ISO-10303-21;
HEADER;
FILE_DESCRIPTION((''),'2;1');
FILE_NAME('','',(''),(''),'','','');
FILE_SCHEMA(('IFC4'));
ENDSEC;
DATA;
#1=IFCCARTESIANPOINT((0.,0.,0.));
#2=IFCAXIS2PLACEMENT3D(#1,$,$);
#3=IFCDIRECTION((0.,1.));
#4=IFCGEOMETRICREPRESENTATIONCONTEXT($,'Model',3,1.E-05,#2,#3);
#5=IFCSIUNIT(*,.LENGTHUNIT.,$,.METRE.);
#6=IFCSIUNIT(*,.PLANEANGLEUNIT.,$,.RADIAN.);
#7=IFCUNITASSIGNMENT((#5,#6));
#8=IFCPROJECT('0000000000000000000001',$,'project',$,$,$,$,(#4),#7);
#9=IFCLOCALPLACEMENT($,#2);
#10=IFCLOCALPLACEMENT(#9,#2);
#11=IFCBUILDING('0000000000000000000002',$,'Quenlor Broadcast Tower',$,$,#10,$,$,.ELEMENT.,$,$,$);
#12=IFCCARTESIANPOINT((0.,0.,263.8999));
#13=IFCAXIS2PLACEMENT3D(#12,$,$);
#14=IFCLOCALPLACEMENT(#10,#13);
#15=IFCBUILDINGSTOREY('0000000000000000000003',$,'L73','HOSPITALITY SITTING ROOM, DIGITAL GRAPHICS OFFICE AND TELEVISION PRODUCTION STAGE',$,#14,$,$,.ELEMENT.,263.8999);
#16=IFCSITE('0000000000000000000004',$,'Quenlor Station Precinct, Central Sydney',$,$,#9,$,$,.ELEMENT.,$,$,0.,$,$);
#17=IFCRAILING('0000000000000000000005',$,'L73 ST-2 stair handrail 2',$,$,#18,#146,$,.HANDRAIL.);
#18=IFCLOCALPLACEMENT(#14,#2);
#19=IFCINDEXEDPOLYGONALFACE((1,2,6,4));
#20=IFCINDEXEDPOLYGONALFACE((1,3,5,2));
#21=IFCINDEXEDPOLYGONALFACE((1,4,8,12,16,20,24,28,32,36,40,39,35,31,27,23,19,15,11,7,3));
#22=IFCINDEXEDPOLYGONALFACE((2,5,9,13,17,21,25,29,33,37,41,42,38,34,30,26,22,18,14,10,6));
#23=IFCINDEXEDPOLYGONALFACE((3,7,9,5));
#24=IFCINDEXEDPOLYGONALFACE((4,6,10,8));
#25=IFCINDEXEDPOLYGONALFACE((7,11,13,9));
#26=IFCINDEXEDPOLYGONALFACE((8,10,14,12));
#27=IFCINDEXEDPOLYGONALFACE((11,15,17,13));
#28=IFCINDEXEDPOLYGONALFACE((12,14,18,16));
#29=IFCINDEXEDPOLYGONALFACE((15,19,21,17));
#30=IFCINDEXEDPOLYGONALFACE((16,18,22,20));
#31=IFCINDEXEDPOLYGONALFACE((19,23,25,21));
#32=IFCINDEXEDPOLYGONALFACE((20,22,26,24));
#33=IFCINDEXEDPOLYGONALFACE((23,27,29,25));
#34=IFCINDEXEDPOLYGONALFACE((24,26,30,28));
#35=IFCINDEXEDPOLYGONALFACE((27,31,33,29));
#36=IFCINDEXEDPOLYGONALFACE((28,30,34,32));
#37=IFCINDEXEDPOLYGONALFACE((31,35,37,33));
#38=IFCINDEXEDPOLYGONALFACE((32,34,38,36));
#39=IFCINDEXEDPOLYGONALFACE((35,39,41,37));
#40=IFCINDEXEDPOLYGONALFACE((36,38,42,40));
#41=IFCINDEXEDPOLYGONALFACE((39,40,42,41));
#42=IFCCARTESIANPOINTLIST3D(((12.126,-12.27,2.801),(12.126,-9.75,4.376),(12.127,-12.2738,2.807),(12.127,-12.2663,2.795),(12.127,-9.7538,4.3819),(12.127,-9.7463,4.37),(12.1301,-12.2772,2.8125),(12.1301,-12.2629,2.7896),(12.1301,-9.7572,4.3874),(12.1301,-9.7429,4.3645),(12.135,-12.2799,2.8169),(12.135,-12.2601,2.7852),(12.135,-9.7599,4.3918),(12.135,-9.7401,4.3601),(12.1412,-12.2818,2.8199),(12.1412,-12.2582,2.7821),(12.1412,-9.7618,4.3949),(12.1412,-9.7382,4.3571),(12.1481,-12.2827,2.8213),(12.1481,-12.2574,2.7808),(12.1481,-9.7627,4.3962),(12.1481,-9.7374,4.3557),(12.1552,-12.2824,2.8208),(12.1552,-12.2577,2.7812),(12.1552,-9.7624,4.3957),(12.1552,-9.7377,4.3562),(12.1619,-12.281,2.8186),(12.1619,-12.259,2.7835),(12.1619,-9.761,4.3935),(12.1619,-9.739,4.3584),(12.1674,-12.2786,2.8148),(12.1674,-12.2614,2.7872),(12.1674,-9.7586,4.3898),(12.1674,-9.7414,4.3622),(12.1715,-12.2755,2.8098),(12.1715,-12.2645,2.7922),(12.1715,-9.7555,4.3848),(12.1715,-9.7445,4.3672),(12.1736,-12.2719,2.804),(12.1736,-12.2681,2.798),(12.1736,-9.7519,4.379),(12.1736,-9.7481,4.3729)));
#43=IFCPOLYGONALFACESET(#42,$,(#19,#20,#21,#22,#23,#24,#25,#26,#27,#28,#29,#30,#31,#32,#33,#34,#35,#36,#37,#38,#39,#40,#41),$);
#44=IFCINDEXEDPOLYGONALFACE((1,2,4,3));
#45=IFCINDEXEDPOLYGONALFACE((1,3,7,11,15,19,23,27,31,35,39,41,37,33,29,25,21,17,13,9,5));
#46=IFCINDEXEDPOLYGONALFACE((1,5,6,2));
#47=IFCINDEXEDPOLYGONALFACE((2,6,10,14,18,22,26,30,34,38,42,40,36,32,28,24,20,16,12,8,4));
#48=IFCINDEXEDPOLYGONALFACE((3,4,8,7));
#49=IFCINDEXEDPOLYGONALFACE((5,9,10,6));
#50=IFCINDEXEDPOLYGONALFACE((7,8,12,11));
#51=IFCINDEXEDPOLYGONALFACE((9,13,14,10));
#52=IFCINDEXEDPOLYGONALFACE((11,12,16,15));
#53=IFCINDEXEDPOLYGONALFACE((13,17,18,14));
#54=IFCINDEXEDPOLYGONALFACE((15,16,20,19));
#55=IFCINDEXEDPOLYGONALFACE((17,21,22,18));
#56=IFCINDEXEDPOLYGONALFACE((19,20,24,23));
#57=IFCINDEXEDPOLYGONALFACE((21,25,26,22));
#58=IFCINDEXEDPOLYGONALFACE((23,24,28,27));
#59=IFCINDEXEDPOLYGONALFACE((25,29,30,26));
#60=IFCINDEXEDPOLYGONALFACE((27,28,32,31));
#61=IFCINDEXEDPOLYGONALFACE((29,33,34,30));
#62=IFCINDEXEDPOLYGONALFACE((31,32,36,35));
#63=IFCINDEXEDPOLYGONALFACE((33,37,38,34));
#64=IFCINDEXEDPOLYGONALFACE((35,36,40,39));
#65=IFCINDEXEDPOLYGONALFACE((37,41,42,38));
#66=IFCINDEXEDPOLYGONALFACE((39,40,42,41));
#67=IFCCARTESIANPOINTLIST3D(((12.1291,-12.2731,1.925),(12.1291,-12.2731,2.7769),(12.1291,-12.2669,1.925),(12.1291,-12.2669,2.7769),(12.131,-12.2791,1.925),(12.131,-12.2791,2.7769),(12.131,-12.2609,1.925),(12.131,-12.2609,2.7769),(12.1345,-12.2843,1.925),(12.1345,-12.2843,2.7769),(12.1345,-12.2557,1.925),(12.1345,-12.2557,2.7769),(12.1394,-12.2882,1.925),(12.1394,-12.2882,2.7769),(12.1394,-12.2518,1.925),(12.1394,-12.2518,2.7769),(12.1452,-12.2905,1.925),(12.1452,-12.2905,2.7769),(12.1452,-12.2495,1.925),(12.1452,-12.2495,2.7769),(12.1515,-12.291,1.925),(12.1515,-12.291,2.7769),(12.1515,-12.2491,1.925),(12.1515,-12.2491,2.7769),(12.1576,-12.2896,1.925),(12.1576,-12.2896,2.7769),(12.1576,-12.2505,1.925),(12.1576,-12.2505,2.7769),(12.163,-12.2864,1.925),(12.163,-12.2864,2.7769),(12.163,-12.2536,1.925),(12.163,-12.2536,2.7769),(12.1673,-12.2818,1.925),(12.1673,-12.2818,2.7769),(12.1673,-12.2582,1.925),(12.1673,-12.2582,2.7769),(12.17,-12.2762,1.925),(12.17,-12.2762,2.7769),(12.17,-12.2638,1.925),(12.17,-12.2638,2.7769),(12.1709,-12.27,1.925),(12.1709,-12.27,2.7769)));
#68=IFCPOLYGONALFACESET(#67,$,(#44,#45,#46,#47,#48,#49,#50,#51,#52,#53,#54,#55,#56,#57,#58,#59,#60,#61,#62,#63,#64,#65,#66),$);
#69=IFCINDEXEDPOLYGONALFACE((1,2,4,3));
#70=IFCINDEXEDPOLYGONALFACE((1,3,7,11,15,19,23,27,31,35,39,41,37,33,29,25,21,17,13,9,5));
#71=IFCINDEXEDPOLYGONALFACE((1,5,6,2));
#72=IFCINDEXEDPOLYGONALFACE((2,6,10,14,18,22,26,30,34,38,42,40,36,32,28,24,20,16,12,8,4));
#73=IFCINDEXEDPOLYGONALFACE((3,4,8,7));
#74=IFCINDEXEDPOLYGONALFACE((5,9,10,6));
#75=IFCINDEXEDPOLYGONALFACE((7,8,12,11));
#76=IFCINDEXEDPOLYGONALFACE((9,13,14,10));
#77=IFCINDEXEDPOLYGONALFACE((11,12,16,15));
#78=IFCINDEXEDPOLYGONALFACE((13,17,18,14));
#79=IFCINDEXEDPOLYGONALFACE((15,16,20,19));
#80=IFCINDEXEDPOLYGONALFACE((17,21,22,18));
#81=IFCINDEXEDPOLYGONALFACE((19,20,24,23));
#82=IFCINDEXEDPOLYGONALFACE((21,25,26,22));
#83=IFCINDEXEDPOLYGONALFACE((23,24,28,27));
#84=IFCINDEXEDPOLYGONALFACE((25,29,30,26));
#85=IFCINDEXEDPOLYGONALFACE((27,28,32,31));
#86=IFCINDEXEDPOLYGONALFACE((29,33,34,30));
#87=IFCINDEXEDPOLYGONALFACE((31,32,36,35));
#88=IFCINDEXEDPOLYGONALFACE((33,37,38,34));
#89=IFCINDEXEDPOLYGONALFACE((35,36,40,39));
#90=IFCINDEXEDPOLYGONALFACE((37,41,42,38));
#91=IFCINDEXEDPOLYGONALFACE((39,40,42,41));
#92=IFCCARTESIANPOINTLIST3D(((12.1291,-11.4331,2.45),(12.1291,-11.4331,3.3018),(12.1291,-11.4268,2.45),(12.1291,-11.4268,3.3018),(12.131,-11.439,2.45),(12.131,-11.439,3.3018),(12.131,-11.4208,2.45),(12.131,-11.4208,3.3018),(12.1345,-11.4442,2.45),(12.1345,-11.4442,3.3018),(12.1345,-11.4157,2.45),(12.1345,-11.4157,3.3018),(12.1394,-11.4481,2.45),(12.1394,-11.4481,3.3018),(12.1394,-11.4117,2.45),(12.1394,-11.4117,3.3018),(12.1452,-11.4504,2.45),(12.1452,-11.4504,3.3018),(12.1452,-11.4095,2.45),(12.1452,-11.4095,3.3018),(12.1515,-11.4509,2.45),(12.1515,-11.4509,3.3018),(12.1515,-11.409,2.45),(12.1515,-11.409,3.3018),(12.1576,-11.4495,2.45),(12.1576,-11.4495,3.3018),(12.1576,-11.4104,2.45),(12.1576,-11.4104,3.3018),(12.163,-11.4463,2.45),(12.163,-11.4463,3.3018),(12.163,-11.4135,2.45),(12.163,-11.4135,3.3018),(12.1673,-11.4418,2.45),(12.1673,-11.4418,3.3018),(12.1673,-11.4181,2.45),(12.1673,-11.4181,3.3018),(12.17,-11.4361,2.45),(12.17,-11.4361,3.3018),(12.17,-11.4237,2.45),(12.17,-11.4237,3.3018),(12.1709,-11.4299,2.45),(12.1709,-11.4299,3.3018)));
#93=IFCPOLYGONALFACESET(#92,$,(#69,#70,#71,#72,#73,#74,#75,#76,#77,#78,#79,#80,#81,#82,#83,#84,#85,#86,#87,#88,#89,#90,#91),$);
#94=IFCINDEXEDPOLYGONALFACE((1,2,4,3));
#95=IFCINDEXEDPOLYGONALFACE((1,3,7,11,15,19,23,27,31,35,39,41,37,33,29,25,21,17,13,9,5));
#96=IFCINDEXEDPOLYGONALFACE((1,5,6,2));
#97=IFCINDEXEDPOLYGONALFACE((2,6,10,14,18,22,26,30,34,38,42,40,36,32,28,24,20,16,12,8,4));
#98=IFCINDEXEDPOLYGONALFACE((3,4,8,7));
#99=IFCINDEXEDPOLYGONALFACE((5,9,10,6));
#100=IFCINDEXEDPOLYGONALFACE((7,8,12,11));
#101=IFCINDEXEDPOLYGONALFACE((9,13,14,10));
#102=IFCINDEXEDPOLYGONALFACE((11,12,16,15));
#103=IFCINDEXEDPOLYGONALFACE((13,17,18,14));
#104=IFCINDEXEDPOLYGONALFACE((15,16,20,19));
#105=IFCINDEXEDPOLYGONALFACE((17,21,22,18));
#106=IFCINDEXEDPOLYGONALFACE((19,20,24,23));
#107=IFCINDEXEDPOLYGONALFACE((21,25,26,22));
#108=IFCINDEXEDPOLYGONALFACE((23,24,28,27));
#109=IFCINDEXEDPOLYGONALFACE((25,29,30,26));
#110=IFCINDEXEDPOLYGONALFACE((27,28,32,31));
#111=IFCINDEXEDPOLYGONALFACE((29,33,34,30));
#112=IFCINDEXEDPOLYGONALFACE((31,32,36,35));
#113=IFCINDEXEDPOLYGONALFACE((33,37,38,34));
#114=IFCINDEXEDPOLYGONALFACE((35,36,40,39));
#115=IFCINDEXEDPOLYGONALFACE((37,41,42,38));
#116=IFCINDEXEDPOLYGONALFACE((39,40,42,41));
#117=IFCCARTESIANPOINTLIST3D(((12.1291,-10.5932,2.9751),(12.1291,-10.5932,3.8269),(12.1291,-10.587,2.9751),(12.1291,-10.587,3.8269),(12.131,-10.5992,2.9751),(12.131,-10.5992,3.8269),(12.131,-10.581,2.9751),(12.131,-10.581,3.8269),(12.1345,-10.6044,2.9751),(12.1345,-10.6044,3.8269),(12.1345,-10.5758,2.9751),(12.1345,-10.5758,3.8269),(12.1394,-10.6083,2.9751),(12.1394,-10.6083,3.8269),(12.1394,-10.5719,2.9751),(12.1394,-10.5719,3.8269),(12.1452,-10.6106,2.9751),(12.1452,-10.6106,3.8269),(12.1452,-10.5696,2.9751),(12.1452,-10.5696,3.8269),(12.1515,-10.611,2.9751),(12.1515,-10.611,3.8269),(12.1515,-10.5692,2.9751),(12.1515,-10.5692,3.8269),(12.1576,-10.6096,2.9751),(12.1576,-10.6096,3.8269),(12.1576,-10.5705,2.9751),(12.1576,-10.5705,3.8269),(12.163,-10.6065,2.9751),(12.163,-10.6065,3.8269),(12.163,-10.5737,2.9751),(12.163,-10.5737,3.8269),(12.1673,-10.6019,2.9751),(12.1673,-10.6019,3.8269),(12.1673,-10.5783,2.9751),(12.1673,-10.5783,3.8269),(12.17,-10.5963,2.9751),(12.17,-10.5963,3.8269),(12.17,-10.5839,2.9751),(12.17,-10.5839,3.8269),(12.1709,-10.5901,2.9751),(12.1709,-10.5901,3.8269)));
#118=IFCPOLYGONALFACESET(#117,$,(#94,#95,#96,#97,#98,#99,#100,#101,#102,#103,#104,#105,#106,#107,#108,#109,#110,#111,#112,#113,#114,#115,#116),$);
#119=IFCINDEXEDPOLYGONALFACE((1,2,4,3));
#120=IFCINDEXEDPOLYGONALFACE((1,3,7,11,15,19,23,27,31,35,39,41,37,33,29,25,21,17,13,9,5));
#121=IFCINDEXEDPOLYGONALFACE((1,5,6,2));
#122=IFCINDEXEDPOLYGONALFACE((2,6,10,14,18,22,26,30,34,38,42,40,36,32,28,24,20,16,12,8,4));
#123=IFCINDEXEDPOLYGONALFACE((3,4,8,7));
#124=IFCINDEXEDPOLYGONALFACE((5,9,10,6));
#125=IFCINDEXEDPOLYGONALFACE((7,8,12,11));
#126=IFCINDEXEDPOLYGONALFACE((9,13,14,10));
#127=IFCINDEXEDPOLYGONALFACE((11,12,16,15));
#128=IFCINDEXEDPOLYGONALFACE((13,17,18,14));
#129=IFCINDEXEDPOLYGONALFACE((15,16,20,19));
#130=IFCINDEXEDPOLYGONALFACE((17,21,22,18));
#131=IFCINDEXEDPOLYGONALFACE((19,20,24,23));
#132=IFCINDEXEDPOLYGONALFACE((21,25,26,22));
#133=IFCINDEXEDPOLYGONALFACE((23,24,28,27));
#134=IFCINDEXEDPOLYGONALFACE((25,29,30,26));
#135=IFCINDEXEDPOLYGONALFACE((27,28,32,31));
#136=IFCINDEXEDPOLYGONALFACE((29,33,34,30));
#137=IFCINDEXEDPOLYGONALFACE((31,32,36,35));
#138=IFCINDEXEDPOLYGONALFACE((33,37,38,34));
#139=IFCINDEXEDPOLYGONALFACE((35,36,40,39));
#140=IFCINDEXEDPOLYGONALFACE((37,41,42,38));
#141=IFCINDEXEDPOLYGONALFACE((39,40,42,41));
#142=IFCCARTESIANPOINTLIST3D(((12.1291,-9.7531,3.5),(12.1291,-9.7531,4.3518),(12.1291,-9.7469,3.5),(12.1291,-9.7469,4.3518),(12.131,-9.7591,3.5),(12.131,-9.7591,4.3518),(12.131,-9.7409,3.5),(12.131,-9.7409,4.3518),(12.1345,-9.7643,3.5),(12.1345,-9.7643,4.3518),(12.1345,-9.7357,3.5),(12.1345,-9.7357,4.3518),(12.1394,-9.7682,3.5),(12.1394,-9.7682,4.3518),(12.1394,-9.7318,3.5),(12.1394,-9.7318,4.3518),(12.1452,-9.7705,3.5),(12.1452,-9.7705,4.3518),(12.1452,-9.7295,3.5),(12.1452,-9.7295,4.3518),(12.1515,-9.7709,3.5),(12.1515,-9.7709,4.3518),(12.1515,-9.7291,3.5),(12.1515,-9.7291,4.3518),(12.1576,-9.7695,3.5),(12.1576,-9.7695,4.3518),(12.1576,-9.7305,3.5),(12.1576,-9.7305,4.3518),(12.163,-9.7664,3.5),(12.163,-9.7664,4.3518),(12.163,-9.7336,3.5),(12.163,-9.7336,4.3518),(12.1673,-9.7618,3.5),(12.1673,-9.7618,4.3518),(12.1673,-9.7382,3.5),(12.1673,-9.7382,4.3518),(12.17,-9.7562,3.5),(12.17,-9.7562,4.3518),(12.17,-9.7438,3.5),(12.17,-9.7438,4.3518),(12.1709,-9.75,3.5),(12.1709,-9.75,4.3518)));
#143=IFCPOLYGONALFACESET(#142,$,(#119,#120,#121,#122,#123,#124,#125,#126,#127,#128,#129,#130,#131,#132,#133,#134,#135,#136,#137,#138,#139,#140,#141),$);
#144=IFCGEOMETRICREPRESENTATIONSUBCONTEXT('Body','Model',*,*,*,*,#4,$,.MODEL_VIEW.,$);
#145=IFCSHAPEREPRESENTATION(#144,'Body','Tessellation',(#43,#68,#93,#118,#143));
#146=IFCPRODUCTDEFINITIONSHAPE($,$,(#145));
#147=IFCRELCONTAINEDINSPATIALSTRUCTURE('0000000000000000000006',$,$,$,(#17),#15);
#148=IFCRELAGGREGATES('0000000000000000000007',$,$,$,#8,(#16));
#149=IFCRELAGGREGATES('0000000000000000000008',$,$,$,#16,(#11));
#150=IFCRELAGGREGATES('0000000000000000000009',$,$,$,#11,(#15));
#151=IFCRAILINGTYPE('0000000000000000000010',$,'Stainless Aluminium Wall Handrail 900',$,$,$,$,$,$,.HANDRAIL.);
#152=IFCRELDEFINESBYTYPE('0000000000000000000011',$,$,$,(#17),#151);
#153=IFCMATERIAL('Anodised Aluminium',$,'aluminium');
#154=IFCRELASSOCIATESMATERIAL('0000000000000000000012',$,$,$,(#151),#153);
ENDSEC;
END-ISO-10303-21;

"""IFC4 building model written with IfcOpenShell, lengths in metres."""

from ifc_helpers import new_model, si_unit, direction, frame, origin, origin_2d, place, context, subcontext, project, spatial, circle, extrude, material, type_object, element, save


model = new_model("IFC4")

# Units and contexts
model_context = context("Model", 3, precision=1e-05, world=origin(), true_north=direction((0.0, 1.0)))
body_context = subcontext(model_context, "Body", "Model", "MODEL_VIEW")
ifc_project = project(units=[si_unit("LENGTHUNIT", "METRE"), si_unit("PLANEANGLEUNIT", "RADIAN")], contexts=[model_context])

# Site, building, storey
site_placement = place(None, origin())
site = spatial("IfcSite", under=ifc_project, at=site_placement, Name="Quenlor Station Precinct, Central Sydney", CompositionType="ELEMENT", RefElevation=0.0)
building_placement = place(site_placement, origin())
building = spatial("IfcBuilding", under=site, at=building_placement, Name="Quenlor Broadcast Tower", CompositionType="ELEMENT")
storey_placement = place(building_placement, frame((0.0, 0.0, 263.8999)))
storey = spatial("IfcBuildingStorey", under=building, at=storey_placement, Name="L73", Description="HOSPITALITY SITTING ROOM, DIGITAL GRAPHICS OFFICE AND TELEVISION PRODUCTION STAGE", CompositionType="ELEMENT", Elevation=263.8999)

# Railing
ifc_material_1 = material(Name="Anodised Aluminium", Category="aluminium")
railing_type = type_object("IfcRailingType", Name="Stainless Aluminium Wall Handrail 900", PredefinedType="HANDRAIL", material=ifc_material_1)
railing_placement = place(storey_placement, frame((12.1499, -12.27, 1.925)))
element("IfcRailing", 1, at=railing_placement, inside=storey, type_object=railing_type, Name="L73 ST-2 stair handrail 2", PredefinedType="HANDRAIL", context=body_context, shape_type="SweptSolid", body=[
    extrude(circle(Radius=0.0239, at=origin_2d()), frame((0.0, 0.0, 0.876), z_axis=(0.0, 0.848008, 0.529984), x_axis=(-1.0, 0.0, 0.0)), (0.0, 0.0, 1.0), 2.9717),
    extrude(circle(Radius=0.021, at=origin_2d()), origin(), (0.0, 0.0, 1.0), 0.8518),
    extrude(circle(Radius=0.021, at=origin_2d()), frame((0.0, 0.8401, 0.5249)), (0.0, 0.0, 1.0), 0.8518),
    extrude(circle(Radius=0.021, at=origin_2d()), frame((0.0, 1.6799, 1.05)), (0.0, 0.0, 1.0), 0.8518),
    extrude(circle(Radius=0.021, at=origin_2d()), frame((0.0, 2.52, 1.575)), (0.0, 0.0, 1.0), 0.8518),
])

save(model, "model.ifc")
